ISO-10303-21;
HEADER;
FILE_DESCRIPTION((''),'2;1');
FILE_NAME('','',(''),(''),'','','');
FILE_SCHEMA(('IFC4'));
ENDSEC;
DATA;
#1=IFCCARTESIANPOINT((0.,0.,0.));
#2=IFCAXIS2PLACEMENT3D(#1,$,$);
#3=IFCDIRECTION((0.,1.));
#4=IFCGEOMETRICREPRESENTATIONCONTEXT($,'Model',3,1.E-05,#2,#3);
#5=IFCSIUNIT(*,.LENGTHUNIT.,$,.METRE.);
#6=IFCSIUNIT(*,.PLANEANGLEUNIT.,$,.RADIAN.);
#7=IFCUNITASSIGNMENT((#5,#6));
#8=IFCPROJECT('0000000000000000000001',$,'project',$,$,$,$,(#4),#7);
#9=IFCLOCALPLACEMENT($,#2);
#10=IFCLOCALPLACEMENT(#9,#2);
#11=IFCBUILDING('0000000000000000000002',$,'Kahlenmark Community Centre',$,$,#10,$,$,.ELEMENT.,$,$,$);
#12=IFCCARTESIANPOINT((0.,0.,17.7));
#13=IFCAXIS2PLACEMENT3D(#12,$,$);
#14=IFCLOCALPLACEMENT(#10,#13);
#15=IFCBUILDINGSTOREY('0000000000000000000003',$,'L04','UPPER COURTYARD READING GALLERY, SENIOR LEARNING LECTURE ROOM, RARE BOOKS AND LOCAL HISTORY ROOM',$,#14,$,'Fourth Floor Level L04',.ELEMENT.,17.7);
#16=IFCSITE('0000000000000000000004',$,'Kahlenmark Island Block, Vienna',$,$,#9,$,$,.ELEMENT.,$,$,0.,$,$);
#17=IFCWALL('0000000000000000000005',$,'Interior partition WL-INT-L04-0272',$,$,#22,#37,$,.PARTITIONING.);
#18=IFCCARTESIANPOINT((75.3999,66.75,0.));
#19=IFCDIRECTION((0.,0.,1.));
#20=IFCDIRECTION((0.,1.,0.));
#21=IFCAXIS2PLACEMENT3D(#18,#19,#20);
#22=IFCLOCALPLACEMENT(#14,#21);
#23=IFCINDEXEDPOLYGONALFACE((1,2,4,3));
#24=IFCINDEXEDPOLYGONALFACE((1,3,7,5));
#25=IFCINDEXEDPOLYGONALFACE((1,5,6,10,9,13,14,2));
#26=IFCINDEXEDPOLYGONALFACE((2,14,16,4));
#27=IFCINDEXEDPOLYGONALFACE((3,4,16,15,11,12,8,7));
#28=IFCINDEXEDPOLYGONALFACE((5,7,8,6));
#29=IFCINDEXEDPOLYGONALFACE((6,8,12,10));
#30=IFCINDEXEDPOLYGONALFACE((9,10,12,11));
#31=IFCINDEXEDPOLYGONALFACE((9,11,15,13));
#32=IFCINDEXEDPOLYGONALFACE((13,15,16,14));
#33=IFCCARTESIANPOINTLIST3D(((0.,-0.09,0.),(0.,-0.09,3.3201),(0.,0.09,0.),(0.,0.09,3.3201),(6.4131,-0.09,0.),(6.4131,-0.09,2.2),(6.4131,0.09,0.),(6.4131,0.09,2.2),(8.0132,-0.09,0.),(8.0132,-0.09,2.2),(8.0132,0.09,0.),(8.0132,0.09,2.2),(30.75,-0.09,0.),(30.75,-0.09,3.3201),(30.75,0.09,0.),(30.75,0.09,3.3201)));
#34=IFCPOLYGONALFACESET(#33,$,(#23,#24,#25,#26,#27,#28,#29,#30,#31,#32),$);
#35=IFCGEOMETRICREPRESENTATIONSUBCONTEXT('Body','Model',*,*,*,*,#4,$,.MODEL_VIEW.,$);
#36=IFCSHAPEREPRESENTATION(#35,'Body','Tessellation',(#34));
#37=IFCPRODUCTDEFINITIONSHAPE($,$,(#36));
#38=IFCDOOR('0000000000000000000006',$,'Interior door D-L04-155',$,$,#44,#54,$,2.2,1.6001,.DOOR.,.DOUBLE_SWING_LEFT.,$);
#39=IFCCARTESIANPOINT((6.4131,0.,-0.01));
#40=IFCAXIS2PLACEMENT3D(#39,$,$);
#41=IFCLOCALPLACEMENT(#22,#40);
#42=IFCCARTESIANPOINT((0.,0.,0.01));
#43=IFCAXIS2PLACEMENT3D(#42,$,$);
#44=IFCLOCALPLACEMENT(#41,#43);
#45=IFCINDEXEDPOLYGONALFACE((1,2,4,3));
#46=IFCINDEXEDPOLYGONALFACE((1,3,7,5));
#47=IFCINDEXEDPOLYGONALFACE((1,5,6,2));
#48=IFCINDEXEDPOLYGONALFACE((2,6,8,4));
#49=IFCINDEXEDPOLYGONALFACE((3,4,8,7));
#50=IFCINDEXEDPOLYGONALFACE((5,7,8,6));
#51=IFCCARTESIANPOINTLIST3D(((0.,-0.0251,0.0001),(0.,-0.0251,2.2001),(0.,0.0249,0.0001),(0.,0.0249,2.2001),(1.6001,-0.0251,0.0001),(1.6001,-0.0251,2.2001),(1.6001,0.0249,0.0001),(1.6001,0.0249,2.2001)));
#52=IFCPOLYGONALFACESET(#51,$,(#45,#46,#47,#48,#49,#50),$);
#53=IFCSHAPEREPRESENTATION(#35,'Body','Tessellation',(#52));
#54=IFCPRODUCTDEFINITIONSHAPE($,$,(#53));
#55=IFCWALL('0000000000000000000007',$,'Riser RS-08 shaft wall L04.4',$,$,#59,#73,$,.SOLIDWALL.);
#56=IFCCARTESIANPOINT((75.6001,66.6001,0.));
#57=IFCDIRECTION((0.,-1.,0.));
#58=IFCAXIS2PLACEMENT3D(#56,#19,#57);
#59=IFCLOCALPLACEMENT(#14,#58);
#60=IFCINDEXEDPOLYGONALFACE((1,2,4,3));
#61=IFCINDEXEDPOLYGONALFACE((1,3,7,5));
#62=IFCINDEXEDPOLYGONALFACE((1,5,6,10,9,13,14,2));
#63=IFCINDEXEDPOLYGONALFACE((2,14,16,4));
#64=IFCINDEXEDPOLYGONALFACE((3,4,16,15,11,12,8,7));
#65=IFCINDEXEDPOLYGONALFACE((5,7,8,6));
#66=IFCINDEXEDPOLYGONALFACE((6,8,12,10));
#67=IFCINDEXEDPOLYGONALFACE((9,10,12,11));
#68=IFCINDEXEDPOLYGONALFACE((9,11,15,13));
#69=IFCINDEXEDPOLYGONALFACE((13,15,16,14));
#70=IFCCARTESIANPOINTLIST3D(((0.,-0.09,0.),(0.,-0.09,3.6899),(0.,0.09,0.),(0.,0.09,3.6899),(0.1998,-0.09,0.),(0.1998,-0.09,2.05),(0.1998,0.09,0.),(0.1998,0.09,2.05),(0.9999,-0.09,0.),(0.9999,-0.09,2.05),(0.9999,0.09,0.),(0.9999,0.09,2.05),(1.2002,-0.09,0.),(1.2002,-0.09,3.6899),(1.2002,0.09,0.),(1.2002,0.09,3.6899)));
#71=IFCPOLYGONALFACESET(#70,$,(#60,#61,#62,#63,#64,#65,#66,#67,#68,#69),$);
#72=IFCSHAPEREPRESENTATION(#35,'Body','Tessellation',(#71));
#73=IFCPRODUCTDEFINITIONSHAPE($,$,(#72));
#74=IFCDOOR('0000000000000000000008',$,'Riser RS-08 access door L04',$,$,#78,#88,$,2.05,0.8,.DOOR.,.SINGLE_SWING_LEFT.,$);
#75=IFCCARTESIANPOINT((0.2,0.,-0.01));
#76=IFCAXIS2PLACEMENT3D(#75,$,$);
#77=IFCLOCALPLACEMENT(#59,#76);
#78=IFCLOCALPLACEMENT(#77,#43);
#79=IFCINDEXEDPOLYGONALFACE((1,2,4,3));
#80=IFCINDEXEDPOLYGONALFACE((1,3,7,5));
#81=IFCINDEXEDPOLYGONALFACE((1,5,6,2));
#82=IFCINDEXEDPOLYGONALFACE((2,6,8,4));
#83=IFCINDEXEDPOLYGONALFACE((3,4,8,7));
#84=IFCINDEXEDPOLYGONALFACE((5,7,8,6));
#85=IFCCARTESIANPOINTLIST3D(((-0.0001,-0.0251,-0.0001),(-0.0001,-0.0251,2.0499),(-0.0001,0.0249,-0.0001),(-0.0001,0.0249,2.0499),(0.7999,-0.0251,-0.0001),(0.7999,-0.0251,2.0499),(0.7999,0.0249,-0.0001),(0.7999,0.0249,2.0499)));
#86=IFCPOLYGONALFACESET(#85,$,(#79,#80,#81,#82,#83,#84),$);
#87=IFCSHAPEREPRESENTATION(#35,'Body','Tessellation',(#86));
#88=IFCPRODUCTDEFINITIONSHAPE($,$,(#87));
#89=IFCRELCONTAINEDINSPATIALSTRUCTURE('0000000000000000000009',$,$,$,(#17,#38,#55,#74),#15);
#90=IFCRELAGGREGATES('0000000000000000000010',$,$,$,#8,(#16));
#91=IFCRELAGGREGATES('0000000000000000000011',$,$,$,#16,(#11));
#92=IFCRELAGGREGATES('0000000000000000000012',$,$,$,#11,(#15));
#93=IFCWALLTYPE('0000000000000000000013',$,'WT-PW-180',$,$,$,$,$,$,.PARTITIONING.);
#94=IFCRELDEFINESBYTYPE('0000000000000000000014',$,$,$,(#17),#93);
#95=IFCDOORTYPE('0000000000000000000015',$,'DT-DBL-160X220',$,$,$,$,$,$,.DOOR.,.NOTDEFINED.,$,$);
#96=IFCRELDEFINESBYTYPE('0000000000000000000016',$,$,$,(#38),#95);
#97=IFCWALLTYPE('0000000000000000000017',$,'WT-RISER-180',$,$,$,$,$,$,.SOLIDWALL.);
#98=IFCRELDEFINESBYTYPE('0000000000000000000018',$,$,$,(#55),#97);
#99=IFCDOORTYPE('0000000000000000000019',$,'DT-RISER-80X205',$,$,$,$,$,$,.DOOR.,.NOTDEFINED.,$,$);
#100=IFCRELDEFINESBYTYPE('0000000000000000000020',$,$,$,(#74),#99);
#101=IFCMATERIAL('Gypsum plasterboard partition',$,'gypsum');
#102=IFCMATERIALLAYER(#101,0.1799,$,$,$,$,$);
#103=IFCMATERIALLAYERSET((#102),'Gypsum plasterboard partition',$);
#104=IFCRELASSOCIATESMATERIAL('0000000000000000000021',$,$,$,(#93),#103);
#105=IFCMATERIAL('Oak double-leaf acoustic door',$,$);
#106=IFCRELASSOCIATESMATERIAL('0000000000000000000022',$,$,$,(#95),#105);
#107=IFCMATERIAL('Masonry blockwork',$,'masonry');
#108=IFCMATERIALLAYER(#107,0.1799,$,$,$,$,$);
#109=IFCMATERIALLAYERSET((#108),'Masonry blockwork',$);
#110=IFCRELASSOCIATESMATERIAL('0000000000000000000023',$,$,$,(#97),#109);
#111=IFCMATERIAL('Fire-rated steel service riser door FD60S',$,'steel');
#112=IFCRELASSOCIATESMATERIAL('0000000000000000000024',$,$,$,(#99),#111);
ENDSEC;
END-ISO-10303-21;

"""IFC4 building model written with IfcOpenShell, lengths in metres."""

from ifc_helpers import new_model, si_unit, direction, frame, frame_2d, origin, place, context, subcontext, project, spatial, rectangle, extrude, material, layer, layer_set, type_object, element, fill, save


model = new_model("IFC4")

# Units and contexts
model_context = context("Model", 3, precision=1e-05, world=origin(), true_north=direction((0.0, 1.0)))
body_context = subcontext(model_context, "Body", "Model", "MODEL_VIEW")
ifc_project = project(units=[si_unit("LENGTHUNIT", "METRE"), si_unit("PLANEANGLEUNIT", "RADIAN")], contexts=[model_context])

# Site, building, storey
site_placement = place(None, origin())
site = spatial("IfcSite", under=ifc_project, at=site_placement, Name="Kahlenmark Island Block, Vienna", CompositionType="ELEMENT", RefElevation=0.0)
building_placement = place(site_placement, origin())
building = spatial("IfcBuilding", under=site, at=building_placement, Name="Kahlenmark Community Centre", CompositionType="ELEMENT")
storey_placement = place(building_placement, frame((0.0, 0.0, 17.7)))
storey = spatial("IfcBuildingStorey", under=building, at=storey_placement, Name="L04", Description="UPPER COURTYARD READING GALLERY, SENIOR LEARNING LECTURE ROOM, RARE BOOKS AND LOCAL HISTORY ROOM", LongName="Fourth Floor Level L04", CompositionType="ELEMENT", Elevation=17.7)

# Shared definitions
ifc_material_1 = material(Name="Gypsum plasterboard partition", Category="gypsum")
ifc_layer_1 = layer(ifc_material_1, 0.1799)
ifc_layer_set_1 = layer_set([ifc_layer_1], Name="Gypsum plasterboard partition")
wall_type_1 = type_object("IfcWallType", Name="WT-PW-180", PredefinedType="PARTITIONING", material=ifc_layer_set_1)

# Wall, opening, door
wall_1_placement = place(storey_placement, frame((75.3999, 66.75, 0.0), z_axis=(0.0, 0.0, 1.0), x_axis=(0.0, 1.0, 0.0)))
wall_1 = element("IfcWall", 1, at=wall_1_placement, inside=storey, type_object=wall_type_1, Name="Interior partition WL-INT-L04-0272", PredefinedType="PARTITIONING", context=body_context, shape_type="SweptSolid", body=[
    extrude(rectangle(XDim=30.75, YDim=0.1799, at=frame_2d((15.375, 0.0))), origin(), (0.0, 0.0, 1.0), 3.3201),
])
opening_1_placement = place(wall_1_placement, frame((6.4131, 0.0, -0.01)))
opening_1 = element("IfcOpeningElement", 2, at=opening_1_placement, cuts=wall_1, PredefinedType="OPENING", context=body_context, shape_type="SweptSolid", body=[
    extrude(rectangle(XDim=1.6001, YDim=2.21, at=frame_2d((0.8, 1.105))), frame((0.0, 0.0999, 0.0), z_axis=(0.0, -1.0, 0.0), x_axis=(1.0, 0.0, 0.0)), (0.0, 0.0, 1.0), 0.2),
])
ifc_material_2 = material(Name="Oak double-leaf acoustic door")
door_type_1 = type_object("IfcDoorType", Name="DT-DBL-160X220", OperationType="NOTDEFINED", PredefinedType="DOOR", material=ifc_material_2)
door_1_placement = place(opening_1_placement, frame((0.0, 0.0, 0.01)))
door_1 = element("IfcDoor", 3, at=door_1_placement, inside=storey, type_object=door_type_1, Name="Interior door D-L04-155", OperationType="DOUBLE_SWING_LEFT", OverallHeight=2.2, OverallWidth=1.6001, PredefinedType="DOOR", context=body_context, shape_type="SweptSolid", body=[
    extrude(rectangle(XDim=1.6001, YDim=2.2, at=frame_2d((0.8, 1.1001))), frame((0.0, 0.0249, 0.0), z_axis=(0.0, -1.0, 0.0), x_axis=(1.0, 0.0, 0.0)), (0.0, 0.0, 1.0), 0.05),
])
fill(opening_1, door_1)

# Shared definitions
ifc_material_3 = material(Name="Masonry blockwork", Category="masonry")
ifc_layer_2 = layer(ifc_material_3, 0.1799)
ifc_layer_set_2 = layer_set([ifc_layer_2], Name="Masonry blockwork")
wall_type_2 = type_object("IfcWallType", Name="WT-RISER-180", PredefinedType="SOLIDWALL", material=ifc_layer_set_2)

# Wall, opening, door
wall_2_placement = place(storey_placement, frame((75.6001, 66.6001, 0.0), z_axis=(0.0, 0.0, 1.0), x_axis=(0.0, -1.0, 0.0)))
wall_2 = element("IfcWall", 4, at=wall_2_placement, inside=storey, type_object=wall_type_2, Name="Riser RS-08 shaft wall L04.4", PredefinedType="SOLIDWALL", context=body_context, shape_type="SweptSolid", body=[
    extrude(rectangle(XDim=1.2002, YDim=0.1799, at=frame_2d((0.6001, 0.0))), origin(), (0.0, 0.0, 1.0), 3.6899),
])
opening_2_placement = place(wall_2_placement, frame((0.2, 0.0, -0.01)))
opening_2 = element("IfcOpeningElement", 5, at=opening_2_placement, cuts=wall_2, PredefinedType="OPENING", context=body_context, shape_type="SweptSolid", body=[
    extrude(rectangle(XDim=0.8, YDim=2.0601, at=frame_2d((0.3999, 1.03))), frame((0.0, 0.0999, 0.0), z_axis=(0.0, -1.0, 0.0), x_axis=(1.0, 0.0, 0.0)), (0.0, 0.0, 1.0), 0.2),
])
ifc_material_4 = material(Name="Fire-rated steel service riser door FD60S", Category="steel")
door_type_2 = type_object("IfcDoorType", Name="DT-RISER-80X205", OperationType="NOTDEFINED", PredefinedType="DOOR", material=ifc_material_4)
door_2_placement = place(opening_2_placement, frame((0.0, 0.0, 0.01)))
door_2 = element("IfcDoor", 6, at=door_2_placement, inside=storey, type_object=door_type_2, Name="Riser RS-08 access door L04", OperationType="SINGLE_SWING_LEFT", OverallHeight=2.05, OverallWidth=0.8, PredefinedType="DOOR", context=body_context, shape_type="SweptSolid", body=[
    extrude(rectangle(XDim=0.8, YDim=2.05, at=frame_2d((0.3999, 1.0249))), frame((0.0, 0.0249, 0.0), z_axis=(0.0, -1.0, 0.0), x_axis=(1.0, 0.0, 0.0)), (0.0, 0.0, 1.0), 0.05),
])
fill(opening_2, door_2)

save(model, "model.ifc")
